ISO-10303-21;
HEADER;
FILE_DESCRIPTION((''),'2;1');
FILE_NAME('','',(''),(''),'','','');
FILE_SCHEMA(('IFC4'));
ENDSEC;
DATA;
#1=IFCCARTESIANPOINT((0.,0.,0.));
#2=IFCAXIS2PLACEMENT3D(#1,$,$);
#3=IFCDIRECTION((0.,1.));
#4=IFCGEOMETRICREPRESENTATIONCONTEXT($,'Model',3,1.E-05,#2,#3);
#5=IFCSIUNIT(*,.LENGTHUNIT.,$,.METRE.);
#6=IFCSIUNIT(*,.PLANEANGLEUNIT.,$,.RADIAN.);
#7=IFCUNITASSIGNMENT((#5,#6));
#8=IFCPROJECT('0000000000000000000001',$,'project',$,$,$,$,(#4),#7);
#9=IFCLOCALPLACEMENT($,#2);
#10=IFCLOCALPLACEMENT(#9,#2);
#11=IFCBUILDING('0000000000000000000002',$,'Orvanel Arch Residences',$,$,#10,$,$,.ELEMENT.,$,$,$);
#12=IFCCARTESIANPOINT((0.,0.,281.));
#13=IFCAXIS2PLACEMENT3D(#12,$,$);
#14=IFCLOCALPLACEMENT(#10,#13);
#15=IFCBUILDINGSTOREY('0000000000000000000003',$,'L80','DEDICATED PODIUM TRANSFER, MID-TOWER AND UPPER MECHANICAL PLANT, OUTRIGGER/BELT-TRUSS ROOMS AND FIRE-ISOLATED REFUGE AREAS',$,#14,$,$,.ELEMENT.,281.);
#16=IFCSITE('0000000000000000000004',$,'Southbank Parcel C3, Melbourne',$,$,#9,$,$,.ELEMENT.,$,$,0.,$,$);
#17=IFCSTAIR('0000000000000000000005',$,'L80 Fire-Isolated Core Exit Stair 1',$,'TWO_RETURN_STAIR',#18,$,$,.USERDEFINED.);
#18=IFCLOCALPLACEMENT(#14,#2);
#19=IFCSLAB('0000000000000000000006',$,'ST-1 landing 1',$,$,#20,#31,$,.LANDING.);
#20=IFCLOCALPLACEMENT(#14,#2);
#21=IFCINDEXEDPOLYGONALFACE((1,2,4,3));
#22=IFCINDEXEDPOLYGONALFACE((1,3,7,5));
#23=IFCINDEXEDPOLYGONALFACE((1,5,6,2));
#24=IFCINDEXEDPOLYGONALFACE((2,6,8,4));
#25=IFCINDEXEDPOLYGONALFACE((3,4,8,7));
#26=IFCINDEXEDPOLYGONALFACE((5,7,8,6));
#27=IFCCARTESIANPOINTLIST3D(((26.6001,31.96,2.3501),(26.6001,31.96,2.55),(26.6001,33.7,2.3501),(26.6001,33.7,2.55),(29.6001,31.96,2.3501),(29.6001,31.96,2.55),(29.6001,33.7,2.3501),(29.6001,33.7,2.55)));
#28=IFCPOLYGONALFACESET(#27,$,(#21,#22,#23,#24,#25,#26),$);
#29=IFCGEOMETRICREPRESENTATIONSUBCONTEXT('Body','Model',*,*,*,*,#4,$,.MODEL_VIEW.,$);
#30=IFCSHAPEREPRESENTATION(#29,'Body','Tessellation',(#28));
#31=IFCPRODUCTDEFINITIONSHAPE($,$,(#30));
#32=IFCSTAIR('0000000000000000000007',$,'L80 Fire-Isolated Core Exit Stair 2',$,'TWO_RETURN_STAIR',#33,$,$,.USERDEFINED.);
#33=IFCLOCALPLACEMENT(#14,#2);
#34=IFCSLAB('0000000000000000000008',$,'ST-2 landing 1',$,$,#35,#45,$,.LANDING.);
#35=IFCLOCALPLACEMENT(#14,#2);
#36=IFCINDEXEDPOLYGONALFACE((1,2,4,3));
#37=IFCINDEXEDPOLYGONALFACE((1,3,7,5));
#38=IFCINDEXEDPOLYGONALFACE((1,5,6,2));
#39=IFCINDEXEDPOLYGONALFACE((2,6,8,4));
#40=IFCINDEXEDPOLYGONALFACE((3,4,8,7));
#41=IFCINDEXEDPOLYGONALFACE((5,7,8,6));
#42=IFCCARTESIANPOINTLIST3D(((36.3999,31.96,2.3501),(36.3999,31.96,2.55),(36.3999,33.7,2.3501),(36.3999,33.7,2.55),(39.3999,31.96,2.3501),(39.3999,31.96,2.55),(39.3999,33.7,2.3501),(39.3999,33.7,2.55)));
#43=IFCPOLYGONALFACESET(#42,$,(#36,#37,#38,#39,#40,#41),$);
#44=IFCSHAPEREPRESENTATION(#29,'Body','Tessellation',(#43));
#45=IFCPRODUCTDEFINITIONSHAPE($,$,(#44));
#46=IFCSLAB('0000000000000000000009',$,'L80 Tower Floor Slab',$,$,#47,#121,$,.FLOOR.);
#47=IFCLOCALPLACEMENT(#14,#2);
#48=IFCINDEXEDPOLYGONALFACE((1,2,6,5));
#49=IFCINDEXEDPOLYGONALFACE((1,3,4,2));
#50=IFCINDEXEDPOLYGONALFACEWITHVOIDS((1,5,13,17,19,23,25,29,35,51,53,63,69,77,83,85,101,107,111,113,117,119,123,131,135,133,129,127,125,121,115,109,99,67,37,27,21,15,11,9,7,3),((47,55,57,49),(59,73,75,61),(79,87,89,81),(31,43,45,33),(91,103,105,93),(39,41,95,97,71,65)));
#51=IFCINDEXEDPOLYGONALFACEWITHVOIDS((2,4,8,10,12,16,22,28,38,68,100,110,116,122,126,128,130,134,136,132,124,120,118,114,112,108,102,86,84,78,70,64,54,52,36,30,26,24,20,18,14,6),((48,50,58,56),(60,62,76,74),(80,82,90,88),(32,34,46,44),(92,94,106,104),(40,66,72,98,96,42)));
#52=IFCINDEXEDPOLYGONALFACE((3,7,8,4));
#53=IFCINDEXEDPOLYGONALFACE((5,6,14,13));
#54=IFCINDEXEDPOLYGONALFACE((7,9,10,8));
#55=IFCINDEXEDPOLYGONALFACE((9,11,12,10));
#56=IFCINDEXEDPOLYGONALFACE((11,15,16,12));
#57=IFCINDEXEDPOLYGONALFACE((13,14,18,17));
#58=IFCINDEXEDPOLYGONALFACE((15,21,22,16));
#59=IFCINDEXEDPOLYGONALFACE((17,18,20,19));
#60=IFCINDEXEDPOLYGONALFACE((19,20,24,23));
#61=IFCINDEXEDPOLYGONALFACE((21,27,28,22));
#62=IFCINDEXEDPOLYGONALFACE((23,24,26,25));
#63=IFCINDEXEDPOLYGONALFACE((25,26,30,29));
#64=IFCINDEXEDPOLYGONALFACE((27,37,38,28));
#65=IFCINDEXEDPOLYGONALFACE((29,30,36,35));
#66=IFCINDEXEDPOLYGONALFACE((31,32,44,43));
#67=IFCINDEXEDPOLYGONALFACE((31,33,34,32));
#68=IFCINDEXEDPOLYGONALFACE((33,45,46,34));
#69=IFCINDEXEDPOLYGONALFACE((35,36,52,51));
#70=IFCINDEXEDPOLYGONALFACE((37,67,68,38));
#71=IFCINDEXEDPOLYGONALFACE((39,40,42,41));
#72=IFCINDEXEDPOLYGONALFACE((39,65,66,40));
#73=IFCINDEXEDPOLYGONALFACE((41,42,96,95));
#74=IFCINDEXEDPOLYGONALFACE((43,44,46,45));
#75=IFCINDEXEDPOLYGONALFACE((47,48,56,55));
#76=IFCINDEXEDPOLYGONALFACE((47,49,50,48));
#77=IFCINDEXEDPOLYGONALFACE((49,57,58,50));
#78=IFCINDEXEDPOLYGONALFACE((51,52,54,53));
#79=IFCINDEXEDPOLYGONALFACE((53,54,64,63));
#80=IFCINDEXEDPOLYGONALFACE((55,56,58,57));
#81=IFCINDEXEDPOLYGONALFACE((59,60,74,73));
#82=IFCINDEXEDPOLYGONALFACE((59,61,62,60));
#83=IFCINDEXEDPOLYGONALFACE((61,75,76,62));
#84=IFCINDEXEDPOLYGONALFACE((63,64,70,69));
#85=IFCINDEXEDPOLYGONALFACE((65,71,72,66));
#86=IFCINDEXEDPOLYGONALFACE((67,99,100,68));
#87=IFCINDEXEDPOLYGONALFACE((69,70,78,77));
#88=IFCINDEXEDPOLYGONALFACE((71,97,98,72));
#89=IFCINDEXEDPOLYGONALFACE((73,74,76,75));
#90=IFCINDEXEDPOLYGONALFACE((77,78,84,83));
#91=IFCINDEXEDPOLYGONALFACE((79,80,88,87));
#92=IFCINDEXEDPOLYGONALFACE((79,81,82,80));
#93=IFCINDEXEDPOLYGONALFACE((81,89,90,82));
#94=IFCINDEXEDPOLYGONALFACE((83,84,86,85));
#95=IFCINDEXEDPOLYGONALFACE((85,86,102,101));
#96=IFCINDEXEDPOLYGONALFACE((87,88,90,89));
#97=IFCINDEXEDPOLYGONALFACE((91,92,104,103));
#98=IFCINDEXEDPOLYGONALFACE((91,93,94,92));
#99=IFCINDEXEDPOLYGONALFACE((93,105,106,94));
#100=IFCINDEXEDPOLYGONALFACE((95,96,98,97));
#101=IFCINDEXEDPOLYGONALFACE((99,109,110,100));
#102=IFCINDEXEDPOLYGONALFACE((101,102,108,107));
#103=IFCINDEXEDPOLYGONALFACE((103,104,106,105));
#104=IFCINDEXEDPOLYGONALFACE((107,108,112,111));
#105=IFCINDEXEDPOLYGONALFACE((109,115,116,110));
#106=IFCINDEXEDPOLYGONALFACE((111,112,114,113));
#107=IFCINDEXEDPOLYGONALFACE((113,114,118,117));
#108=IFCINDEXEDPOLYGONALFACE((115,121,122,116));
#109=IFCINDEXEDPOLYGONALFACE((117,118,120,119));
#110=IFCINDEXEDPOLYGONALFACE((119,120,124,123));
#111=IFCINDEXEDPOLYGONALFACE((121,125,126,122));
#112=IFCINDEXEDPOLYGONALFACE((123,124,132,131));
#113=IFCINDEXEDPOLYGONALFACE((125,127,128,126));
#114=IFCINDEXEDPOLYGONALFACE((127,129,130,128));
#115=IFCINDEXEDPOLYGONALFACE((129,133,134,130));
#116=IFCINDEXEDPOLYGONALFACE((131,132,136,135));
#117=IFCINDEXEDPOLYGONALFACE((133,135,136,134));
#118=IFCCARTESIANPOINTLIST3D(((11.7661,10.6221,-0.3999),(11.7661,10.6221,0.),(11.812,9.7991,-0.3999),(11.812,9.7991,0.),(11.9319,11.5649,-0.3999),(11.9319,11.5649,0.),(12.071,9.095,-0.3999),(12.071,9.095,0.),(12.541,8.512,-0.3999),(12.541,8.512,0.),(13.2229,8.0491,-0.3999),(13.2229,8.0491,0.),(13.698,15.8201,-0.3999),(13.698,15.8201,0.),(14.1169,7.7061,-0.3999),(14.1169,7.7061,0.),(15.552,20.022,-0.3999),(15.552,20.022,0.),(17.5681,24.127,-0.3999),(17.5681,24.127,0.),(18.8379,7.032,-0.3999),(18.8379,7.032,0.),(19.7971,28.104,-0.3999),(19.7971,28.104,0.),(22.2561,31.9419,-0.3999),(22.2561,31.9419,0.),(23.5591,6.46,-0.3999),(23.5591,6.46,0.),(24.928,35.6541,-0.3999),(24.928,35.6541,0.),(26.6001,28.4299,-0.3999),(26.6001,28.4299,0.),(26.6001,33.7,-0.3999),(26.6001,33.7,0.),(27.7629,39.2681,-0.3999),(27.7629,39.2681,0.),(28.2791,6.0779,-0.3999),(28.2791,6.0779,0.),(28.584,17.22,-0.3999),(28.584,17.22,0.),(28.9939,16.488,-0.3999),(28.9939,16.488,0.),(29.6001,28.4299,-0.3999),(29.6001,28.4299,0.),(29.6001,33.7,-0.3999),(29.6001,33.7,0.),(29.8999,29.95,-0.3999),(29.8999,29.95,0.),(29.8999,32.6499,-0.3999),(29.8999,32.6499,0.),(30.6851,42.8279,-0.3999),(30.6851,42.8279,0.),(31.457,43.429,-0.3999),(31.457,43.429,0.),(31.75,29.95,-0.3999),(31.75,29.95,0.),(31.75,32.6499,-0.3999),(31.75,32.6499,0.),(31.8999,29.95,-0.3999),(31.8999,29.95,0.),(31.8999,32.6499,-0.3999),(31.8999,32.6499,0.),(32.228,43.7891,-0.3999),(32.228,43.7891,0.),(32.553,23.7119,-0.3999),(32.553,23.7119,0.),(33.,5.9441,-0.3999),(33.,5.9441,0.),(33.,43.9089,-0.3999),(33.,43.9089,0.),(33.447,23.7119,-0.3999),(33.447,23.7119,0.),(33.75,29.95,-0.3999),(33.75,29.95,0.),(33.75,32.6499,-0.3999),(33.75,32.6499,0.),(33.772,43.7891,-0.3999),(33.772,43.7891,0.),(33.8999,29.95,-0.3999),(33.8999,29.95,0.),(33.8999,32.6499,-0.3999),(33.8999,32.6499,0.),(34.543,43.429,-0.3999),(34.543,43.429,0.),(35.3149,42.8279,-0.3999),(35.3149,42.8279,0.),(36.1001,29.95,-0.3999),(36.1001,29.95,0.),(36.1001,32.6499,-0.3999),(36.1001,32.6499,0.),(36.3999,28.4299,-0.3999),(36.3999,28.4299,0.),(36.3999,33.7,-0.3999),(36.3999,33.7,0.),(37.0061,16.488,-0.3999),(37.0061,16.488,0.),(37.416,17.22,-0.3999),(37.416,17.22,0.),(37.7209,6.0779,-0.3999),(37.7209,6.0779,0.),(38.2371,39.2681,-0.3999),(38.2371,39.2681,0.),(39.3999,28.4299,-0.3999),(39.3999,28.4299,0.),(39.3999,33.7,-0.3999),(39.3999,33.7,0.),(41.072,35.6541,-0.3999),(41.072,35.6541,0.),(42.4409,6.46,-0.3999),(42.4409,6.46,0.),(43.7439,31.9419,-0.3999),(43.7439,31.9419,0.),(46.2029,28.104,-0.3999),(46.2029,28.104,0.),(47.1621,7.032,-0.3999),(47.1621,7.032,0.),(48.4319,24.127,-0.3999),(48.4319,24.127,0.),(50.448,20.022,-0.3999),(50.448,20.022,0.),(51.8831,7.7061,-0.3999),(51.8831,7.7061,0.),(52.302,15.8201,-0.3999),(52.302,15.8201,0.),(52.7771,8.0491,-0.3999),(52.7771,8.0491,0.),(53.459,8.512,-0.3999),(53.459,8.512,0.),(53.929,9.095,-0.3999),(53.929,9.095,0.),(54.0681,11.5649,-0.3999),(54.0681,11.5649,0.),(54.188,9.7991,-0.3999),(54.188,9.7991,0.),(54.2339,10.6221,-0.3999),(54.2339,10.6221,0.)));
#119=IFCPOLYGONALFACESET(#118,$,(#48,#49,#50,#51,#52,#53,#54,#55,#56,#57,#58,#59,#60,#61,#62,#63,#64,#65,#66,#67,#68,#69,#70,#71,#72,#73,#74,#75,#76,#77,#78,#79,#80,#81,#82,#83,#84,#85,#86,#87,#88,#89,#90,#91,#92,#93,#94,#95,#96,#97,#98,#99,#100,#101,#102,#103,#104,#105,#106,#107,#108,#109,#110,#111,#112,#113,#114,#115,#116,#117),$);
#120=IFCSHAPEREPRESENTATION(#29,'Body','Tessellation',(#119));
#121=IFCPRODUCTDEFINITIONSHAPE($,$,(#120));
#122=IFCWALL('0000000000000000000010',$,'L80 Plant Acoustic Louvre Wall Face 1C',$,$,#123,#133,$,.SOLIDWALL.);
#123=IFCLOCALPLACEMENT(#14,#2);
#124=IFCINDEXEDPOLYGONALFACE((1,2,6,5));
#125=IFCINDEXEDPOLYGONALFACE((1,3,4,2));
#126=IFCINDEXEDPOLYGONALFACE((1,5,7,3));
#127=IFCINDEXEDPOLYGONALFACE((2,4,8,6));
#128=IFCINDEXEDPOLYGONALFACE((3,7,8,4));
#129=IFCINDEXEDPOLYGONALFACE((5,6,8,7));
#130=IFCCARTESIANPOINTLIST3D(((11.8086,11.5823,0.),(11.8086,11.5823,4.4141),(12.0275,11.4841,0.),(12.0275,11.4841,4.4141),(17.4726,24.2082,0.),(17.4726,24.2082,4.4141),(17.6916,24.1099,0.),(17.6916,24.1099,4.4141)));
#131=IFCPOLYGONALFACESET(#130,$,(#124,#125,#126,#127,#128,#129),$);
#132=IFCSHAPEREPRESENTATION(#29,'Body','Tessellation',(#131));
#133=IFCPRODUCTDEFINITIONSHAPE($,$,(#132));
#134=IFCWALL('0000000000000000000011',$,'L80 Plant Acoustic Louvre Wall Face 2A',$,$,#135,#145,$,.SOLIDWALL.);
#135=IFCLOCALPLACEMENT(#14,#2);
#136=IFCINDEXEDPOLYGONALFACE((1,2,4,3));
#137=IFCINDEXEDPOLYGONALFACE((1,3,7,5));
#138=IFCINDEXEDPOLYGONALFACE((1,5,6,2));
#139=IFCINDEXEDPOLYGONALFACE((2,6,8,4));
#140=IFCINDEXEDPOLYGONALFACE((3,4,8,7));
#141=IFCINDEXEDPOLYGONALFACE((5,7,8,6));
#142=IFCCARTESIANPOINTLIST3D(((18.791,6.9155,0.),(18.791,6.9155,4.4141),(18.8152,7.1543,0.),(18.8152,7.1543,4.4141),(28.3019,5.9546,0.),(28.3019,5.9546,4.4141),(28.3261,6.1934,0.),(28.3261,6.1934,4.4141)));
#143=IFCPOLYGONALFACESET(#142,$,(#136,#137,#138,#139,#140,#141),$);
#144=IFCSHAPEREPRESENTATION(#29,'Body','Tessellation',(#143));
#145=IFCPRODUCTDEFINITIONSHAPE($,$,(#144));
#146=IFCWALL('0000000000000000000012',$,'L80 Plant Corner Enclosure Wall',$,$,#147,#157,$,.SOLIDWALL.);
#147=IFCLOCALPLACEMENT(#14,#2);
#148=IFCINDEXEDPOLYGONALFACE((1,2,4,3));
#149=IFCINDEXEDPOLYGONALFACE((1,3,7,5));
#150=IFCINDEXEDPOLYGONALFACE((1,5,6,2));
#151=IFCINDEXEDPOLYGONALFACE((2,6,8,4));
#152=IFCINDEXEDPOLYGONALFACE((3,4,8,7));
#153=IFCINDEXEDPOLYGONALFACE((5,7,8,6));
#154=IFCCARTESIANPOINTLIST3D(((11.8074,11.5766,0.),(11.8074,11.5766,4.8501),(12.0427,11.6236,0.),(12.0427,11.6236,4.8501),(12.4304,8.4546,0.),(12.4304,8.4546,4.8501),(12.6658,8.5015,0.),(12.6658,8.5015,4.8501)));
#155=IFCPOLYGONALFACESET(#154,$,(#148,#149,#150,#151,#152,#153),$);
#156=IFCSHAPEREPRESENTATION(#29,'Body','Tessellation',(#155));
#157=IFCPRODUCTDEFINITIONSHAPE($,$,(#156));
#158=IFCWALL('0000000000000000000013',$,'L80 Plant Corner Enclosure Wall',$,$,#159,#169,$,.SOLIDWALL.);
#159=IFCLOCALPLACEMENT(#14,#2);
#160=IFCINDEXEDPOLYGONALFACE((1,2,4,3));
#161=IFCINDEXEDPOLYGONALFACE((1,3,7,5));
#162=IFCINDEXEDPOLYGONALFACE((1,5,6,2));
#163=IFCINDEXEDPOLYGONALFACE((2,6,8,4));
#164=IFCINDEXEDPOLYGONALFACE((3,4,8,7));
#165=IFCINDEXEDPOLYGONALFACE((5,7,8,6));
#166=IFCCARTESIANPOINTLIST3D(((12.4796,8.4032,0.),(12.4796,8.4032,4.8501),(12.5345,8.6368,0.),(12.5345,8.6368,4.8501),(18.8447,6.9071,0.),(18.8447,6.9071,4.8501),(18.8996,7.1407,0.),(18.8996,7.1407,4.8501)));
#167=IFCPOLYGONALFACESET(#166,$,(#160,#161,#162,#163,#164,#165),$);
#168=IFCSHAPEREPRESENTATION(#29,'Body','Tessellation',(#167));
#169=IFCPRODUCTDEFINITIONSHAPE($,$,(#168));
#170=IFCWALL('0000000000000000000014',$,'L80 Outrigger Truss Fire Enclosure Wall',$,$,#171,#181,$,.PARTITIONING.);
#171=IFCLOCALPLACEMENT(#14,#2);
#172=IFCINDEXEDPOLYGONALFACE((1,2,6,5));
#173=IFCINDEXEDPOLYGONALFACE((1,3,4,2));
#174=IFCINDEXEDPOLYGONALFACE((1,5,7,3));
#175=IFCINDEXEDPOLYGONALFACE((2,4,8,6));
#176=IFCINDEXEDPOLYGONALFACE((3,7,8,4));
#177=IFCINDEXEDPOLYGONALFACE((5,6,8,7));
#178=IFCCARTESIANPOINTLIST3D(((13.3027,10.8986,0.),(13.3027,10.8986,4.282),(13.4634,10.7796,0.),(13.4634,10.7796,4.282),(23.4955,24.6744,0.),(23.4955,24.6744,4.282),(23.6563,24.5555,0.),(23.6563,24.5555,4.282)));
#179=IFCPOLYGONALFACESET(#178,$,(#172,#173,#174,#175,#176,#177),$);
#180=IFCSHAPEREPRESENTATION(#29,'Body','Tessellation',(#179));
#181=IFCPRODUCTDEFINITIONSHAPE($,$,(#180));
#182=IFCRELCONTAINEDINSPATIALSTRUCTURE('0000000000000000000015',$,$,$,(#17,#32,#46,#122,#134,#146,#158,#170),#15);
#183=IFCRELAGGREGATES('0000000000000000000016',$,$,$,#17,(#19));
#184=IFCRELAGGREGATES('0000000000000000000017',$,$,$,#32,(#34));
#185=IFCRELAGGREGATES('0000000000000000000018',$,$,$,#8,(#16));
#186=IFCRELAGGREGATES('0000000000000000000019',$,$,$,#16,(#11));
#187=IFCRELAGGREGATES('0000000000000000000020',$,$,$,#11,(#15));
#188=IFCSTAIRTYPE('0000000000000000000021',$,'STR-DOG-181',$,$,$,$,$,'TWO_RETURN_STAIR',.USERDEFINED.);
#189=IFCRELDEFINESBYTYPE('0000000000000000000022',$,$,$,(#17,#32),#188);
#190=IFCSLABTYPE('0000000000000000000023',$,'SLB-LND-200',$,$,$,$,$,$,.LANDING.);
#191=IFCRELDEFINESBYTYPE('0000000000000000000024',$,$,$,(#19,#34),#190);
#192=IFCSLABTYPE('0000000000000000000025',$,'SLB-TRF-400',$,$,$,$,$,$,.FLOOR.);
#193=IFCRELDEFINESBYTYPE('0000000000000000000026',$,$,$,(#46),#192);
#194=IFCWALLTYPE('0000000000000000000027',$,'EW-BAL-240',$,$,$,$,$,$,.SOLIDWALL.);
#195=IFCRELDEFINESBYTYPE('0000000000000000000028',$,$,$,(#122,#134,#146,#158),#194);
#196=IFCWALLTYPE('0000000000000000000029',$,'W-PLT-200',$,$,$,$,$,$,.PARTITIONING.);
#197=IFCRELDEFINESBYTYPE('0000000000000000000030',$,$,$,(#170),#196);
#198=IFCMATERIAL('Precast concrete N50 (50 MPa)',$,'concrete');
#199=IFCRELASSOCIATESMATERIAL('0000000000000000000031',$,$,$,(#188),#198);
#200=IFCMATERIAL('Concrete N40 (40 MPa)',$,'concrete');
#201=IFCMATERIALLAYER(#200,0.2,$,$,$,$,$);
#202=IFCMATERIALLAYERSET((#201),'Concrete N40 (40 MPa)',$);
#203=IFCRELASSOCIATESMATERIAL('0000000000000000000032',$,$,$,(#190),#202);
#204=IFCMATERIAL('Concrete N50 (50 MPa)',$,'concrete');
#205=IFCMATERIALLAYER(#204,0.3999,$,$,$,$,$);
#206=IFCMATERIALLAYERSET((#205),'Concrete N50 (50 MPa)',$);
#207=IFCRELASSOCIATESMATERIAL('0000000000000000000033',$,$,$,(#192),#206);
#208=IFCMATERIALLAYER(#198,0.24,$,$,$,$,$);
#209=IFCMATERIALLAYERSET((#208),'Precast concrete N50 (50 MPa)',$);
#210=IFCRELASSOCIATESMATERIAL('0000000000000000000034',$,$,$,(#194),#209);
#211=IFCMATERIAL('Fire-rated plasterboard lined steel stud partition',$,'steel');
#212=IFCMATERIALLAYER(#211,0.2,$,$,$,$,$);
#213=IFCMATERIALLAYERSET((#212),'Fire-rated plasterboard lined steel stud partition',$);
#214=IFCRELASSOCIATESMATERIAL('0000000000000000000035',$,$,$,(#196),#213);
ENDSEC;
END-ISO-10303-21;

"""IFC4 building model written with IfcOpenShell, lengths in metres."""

from ifc_helpers import new_model, si_unit, direction, frame, frame_2d, origin, place, context, subcontext, project, spatial, polyline, rectangle, outline, extrude, material, layer, layer_set, type_object, element, aggregate, save


model = new_model("IFC4")

# Units and contexts
model_context = context("Model", 3, precision=1e-05, world=origin(), true_north=direction((0.0, 1.0)))
body_context = subcontext(model_context, "Body", "Model", "MODEL_VIEW")
ifc_project = project(units=[si_unit("LENGTHUNIT", "METRE"), si_unit("PLANEANGLEUNIT", "RADIAN")], contexts=[model_context])

# Site, building, storey
site_placement = place(None, origin())
site = spatial("IfcSite", under=ifc_project, at=site_placement, Name="Southbank Parcel C3, Melbourne", CompositionType="ELEMENT", RefElevation=0.0)
building_placement = place(site_placement, origin())
building = spatial("IfcBuilding", under=site, at=building_placement, Name="Orvanel Arch Residences", CompositionType="ELEMENT")
storey_placement = place(building_placement, frame((0.0, 0.0, 281.0)))
storey = spatial("IfcBuildingStorey", under=building, at=storey_placement, Name="L80", Description="DEDICATED PODIUM TRANSFER, MID-TOWER AND UPPER MECHANICAL PLANT, OUTRIGGER/BELT-TRUSS ROOMS AND FIRE-ISOLATED REFUGE AREAS", CompositionType="ELEMENT", Elevation=281.0)

# Stairs, slabs
ifc_material_1 = material(Name="Precast concrete N50 (50 MPa)", Category="concrete")
stair_type = type_object("IfcStairType", Name="STR-DOG-181", ElementType="TWO_RETURN_STAIR", PredefinedType="USERDEFINED", material=ifc_material_1)
stair_1_placement = place(storey_placement, origin())
stair_1 = element("IfcStair", 1, at=stair_1_placement, inside=storey, type_object=stair_type, Name="L80 Fire-Isolated Core Exit Stair 1", ObjectType="TWO_RETURN_STAIR", PredefinedType="USERDEFINED")
ifc_material_2 = material(Name="Concrete N40 (40 MPa)", Category="concrete")
ifc_layer_1 = layer(ifc_material_2, 0.2)
ifc_layer_set_1 = layer_set([ifc_layer_1], Name="Concrete N40 (40 MPa)")
slab_type_1 = type_object("IfcSlabType", Name="SLB-LND-200", PredefinedType="LANDING", material=ifc_layer_set_1)
slab_1_placement = place(storey_placement, frame((0.0, 0.0, 2.3501)))
slab_1 = element("IfcSlab", 2, at=slab_1_placement, type_object=slab_type_1, Name="ST-1 landing 1", PredefinedType="LANDING", context=body_context, shape_type="SweptSolid", body=[
    extrude(outline(polyline([(29.6001, 31.96), (29.6001, 33.7), (26.6001, 33.7), (26.6001, 31.96), (29.6001, 31.96)])), origin(), (0.0, 0.0, 1.0), 0.2),
])
aggregate(stair_1, [slab_1])
stair_2_placement = place(storey_placement, origin())
stair_2 = element("IfcStair", 3, at=stair_2_placement, inside=storey, type_object=stair_type, Name="L80 Fire-Isolated Core Exit Stair 2", ObjectType="TWO_RETURN_STAIR", PredefinedType="USERDEFINED")
slab_2_placement = place(storey_placement, frame((0.0, 0.0, 2.3501)))
slab_2 = element("IfcSlab", 4, at=slab_2_placement, type_object=slab_type_1, Name="ST-2 landing 1", PredefinedType="LANDING", context=body_context, shape_type="SweptSolid", body=[
    extrude(outline(polyline([(39.3999, 31.96), (39.3999, 33.7), (36.3999, 33.7), (36.3999, 31.96), (39.3999, 31.96)])), origin(), (0.0, 0.0, 1.0), 0.2),
])
aggregate(stair_2, [slab_2])

# Slab
ifc_material_3 = material(Name="Concrete N50 (50 MPa)", Category="concrete")
ifc_layer_2 = layer(ifc_material_3, 0.3999)
ifc_layer_set_2 = layer_set([ifc_layer_2], Name="Concrete N50 (50 MPa)")
slab_type_2 = type_object("IfcSlabType", Name="SLB-TRF-400", PredefinedType="FLOOR", material=ifc_layer_set_2)
slab_3_placement = place(storey_placement, frame((0.0, 0.0, -0.3999)))
element("IfcSlab", 5, at=slab_3_placement, inside=storey, type_object=slab_type_2, Name="L80 Tower Floor Slab", PredefinedType="FLOOR", context=body_context, shape_type="SweptSolid", body=[
    extrude(outline(polyline([(35.3149, 42.8279), (34.543, 43.429), (33.772, 43.7891), (33.0, 43.9089), (32.228, 43.7891), (31.457, 43.429), (30.6851, 42.8279), (27.7629, 39.2681), (24.928, 35.6541), (22.2561, 31.9419), (19.7971, 28.104), (17.5681, 24.127), (15.552, 20.022), (13.698, 15.8201), (11.9319, 11.5649), (11.7661, 10.6221), (11.812, 9.7991), (12.071, 9.095), (12.541, 8.512), (13.2229, 8.0491), (14.1169, 7.7061), (18.8379, 7.032), (23.5591, 6.46), (28.2791, 6.0779), (33.0, 5.9441), (37.7209, 6.0779), (42.4409, 6.46), (47.1621, 7.032), (51.8831, 7.7061), (52.7771, 8.0491), (53.459, 8.512), (53.929, 9.095), (54.188, 9.7991), (54.2339, 10.6221), (54.0681, 11.5649), (52.302, 15.8201), (50.448, 20.022), (48.4319, 24.127), (46.2029, 28.104), (43.7439, 31.9419), (41.072, 35.6541), (38.2371, 39.2681), (35.3149, 42.8279)]), holes=[polyline([(26.6001, 28.4299), (26.6001, 33.7), (29.6001, 33.7), (29.6001, 28.4299), (26.6001, 28.4299)]), polyline([(36.3999, 28.4299), (36.3999, 33.7), (39.3999, 33.7), (39.3999, 28.4299), (36.3999, 28.4299)]), polyline([(29.8999, 32.6499), (31.75, 32.6499), (31.75, 29.95), (29.8999, 29.95), (29.8999, 32.6499)]), polyline([(31.8999, 32.6499), (33.75, 32.6499), (33.75, 29.95), (31.8999, 29.95), (31.8999, 32.6499)]), polyline([(33.8999, 32.6499), (36.1001, 32.6499), (36.1001, 29.95), (33.8999, 29.95), (33.8999, 32.6499)]), polyline([(37.416, 17.22), (37.0061, 16.488), (28.9939, 16.488), (28.584, 17.22), (32.553, 23.7119), (33.447, 23.7119), (37.416, 17.22)])]), origin(), (0.0, 0.0, 1.0), 0.3999),
])

# Walls
ifc_layer_3 = layer(ifc_material_1, 0.24)
ifc_layer_set_3 = layer_set([ifc_layer_3], Name="Precast concrete N50 (50 MPa)")
wall_type_1 = type_object("IfcWallType", Name="EW-BAL-240", PredefinedType="SOLIDWALL", material=ifc_layer_set_3)
wall_1_placement = place(storey_placement, frame((17.582, 24.1589, 0.0), z_axis=(0.0, 0.0, 1.0), x_axis=(-0.409305, -0.912398, 0.0)))
element("IfcWall", 6, at=wall_1_placement, inside=storey, type_object=wall_type_1, Name="L80 Plant Acoustic Louvre Wall Face 1C", PredefinedType="SOLIDWALL", context=body_context, shape_type="SweptSolid", body=[
    extrude(rectangle(XDim=13.8381, YDim=0.24, at=frame_2d((6.9189, 0.0))), origin(), (0.0, 0.0, 1.0), 4.4141),
])
wall_2_placement = place(storey_placement, frame((18.803, 7.0349, 0.0), z_axis=(0.0, 0.0, 1.0), x_axis=(0.994935, -0.100523, 0.0)))
element("IfcWall", 7, at=wall_2_placement, inside=storey, type_object=wall_type_1, Name="L80 Plant Acoustic Louvre Wall Face 2A", PredefinedType="SOLIDWALL", context=body_context, shape_type="SweptSolid", body=[
    extrude(rectangle(XDim=9.5593, YDim=0.24, at=frame_2d((4.7798, 0.0))), origin(), (0.0, 0.0, 1.0), 4.4141),
])
wall_3_placement = place(storey_placement, frame((11.925, 11.6001, 0.0), z_axis=(0.0, 0.0, 1.0), x_axis=(0.195703, -0.980663, 0.0)))
element("IfcWall", 8, at=wall_3_placement, inside=storey, type_object=wall_type_1, Name="L80 Plant Corner Enclosure Wall", PredefinedType="SOLIDWALL", context=body_context, shape_type="SweptSolid", body=[
    extrude(rectangle(XDim=3.1836, YDim=0.24, at=frame_2d((1.5918, 0.0))), origin(), (0.0, 0.0, 1.0), 4.8501),
])
wall_4_placement = place(storey_placement, frame((12.5071, 8.52, 0.0), z_axis=(0.0, 0.0, 1.0), x_axis=(0.97347, -0.228815, 0.0)))
element("IfcWall", 9, at=wall_4_placement, inside=storey, type_object=wall_type_1, Name="L80 Plant Corner Enclosure Wall", PredefinedType="SOLIDWALL", context=body_context, shape_type="SweptSolid", body=[
    extrude(rectangle(XDim=6.5386, YDim=0.24, at=frame_2d((3.2693, 0.0))), origin(), (0.0, 0.0, 1.0), 4.8501),
])
ifc_material_4 = material(Name="Fire-rated plasterboard lined steel stud partition", Category="steel")
ifc_layer_4 = layer(ifc_material_4, 0.2)
ifc_layer_set_4 = layer_set([ifc_layer_4], Name="Fire-rated plasterboard lined steel stud partition")
wall_type_2 = type_object("IfcWallType", Name="W-PLT-200", PredefinedType="PARTITIONING", material=ifc_layer_set_4)
wall_5_placement = place(storey_placement, frame((13.3831, 10.8391, 0.0), z_axis=(0.0, 0.0, 1.0), x_axis=(0.594795, 0.803878, 0.0)))
element("IfcWall", 10, at=wall_5_placement, inside=storey, type_object=wall_type_2, Name="L80 Outrigger Truss Fire Enclosure Wall", PredefinedType="PARTITIONING", context=body_context, shape_type="SweptSolid", body=[
    extrude(rectangle(XDim=17.1367, YDim=0.2, at=frame_2d((8.5684, 0.0))), origin(), (0.0, 0.0, 1.0), 4.282),
])

save(model, "model.ifc")
